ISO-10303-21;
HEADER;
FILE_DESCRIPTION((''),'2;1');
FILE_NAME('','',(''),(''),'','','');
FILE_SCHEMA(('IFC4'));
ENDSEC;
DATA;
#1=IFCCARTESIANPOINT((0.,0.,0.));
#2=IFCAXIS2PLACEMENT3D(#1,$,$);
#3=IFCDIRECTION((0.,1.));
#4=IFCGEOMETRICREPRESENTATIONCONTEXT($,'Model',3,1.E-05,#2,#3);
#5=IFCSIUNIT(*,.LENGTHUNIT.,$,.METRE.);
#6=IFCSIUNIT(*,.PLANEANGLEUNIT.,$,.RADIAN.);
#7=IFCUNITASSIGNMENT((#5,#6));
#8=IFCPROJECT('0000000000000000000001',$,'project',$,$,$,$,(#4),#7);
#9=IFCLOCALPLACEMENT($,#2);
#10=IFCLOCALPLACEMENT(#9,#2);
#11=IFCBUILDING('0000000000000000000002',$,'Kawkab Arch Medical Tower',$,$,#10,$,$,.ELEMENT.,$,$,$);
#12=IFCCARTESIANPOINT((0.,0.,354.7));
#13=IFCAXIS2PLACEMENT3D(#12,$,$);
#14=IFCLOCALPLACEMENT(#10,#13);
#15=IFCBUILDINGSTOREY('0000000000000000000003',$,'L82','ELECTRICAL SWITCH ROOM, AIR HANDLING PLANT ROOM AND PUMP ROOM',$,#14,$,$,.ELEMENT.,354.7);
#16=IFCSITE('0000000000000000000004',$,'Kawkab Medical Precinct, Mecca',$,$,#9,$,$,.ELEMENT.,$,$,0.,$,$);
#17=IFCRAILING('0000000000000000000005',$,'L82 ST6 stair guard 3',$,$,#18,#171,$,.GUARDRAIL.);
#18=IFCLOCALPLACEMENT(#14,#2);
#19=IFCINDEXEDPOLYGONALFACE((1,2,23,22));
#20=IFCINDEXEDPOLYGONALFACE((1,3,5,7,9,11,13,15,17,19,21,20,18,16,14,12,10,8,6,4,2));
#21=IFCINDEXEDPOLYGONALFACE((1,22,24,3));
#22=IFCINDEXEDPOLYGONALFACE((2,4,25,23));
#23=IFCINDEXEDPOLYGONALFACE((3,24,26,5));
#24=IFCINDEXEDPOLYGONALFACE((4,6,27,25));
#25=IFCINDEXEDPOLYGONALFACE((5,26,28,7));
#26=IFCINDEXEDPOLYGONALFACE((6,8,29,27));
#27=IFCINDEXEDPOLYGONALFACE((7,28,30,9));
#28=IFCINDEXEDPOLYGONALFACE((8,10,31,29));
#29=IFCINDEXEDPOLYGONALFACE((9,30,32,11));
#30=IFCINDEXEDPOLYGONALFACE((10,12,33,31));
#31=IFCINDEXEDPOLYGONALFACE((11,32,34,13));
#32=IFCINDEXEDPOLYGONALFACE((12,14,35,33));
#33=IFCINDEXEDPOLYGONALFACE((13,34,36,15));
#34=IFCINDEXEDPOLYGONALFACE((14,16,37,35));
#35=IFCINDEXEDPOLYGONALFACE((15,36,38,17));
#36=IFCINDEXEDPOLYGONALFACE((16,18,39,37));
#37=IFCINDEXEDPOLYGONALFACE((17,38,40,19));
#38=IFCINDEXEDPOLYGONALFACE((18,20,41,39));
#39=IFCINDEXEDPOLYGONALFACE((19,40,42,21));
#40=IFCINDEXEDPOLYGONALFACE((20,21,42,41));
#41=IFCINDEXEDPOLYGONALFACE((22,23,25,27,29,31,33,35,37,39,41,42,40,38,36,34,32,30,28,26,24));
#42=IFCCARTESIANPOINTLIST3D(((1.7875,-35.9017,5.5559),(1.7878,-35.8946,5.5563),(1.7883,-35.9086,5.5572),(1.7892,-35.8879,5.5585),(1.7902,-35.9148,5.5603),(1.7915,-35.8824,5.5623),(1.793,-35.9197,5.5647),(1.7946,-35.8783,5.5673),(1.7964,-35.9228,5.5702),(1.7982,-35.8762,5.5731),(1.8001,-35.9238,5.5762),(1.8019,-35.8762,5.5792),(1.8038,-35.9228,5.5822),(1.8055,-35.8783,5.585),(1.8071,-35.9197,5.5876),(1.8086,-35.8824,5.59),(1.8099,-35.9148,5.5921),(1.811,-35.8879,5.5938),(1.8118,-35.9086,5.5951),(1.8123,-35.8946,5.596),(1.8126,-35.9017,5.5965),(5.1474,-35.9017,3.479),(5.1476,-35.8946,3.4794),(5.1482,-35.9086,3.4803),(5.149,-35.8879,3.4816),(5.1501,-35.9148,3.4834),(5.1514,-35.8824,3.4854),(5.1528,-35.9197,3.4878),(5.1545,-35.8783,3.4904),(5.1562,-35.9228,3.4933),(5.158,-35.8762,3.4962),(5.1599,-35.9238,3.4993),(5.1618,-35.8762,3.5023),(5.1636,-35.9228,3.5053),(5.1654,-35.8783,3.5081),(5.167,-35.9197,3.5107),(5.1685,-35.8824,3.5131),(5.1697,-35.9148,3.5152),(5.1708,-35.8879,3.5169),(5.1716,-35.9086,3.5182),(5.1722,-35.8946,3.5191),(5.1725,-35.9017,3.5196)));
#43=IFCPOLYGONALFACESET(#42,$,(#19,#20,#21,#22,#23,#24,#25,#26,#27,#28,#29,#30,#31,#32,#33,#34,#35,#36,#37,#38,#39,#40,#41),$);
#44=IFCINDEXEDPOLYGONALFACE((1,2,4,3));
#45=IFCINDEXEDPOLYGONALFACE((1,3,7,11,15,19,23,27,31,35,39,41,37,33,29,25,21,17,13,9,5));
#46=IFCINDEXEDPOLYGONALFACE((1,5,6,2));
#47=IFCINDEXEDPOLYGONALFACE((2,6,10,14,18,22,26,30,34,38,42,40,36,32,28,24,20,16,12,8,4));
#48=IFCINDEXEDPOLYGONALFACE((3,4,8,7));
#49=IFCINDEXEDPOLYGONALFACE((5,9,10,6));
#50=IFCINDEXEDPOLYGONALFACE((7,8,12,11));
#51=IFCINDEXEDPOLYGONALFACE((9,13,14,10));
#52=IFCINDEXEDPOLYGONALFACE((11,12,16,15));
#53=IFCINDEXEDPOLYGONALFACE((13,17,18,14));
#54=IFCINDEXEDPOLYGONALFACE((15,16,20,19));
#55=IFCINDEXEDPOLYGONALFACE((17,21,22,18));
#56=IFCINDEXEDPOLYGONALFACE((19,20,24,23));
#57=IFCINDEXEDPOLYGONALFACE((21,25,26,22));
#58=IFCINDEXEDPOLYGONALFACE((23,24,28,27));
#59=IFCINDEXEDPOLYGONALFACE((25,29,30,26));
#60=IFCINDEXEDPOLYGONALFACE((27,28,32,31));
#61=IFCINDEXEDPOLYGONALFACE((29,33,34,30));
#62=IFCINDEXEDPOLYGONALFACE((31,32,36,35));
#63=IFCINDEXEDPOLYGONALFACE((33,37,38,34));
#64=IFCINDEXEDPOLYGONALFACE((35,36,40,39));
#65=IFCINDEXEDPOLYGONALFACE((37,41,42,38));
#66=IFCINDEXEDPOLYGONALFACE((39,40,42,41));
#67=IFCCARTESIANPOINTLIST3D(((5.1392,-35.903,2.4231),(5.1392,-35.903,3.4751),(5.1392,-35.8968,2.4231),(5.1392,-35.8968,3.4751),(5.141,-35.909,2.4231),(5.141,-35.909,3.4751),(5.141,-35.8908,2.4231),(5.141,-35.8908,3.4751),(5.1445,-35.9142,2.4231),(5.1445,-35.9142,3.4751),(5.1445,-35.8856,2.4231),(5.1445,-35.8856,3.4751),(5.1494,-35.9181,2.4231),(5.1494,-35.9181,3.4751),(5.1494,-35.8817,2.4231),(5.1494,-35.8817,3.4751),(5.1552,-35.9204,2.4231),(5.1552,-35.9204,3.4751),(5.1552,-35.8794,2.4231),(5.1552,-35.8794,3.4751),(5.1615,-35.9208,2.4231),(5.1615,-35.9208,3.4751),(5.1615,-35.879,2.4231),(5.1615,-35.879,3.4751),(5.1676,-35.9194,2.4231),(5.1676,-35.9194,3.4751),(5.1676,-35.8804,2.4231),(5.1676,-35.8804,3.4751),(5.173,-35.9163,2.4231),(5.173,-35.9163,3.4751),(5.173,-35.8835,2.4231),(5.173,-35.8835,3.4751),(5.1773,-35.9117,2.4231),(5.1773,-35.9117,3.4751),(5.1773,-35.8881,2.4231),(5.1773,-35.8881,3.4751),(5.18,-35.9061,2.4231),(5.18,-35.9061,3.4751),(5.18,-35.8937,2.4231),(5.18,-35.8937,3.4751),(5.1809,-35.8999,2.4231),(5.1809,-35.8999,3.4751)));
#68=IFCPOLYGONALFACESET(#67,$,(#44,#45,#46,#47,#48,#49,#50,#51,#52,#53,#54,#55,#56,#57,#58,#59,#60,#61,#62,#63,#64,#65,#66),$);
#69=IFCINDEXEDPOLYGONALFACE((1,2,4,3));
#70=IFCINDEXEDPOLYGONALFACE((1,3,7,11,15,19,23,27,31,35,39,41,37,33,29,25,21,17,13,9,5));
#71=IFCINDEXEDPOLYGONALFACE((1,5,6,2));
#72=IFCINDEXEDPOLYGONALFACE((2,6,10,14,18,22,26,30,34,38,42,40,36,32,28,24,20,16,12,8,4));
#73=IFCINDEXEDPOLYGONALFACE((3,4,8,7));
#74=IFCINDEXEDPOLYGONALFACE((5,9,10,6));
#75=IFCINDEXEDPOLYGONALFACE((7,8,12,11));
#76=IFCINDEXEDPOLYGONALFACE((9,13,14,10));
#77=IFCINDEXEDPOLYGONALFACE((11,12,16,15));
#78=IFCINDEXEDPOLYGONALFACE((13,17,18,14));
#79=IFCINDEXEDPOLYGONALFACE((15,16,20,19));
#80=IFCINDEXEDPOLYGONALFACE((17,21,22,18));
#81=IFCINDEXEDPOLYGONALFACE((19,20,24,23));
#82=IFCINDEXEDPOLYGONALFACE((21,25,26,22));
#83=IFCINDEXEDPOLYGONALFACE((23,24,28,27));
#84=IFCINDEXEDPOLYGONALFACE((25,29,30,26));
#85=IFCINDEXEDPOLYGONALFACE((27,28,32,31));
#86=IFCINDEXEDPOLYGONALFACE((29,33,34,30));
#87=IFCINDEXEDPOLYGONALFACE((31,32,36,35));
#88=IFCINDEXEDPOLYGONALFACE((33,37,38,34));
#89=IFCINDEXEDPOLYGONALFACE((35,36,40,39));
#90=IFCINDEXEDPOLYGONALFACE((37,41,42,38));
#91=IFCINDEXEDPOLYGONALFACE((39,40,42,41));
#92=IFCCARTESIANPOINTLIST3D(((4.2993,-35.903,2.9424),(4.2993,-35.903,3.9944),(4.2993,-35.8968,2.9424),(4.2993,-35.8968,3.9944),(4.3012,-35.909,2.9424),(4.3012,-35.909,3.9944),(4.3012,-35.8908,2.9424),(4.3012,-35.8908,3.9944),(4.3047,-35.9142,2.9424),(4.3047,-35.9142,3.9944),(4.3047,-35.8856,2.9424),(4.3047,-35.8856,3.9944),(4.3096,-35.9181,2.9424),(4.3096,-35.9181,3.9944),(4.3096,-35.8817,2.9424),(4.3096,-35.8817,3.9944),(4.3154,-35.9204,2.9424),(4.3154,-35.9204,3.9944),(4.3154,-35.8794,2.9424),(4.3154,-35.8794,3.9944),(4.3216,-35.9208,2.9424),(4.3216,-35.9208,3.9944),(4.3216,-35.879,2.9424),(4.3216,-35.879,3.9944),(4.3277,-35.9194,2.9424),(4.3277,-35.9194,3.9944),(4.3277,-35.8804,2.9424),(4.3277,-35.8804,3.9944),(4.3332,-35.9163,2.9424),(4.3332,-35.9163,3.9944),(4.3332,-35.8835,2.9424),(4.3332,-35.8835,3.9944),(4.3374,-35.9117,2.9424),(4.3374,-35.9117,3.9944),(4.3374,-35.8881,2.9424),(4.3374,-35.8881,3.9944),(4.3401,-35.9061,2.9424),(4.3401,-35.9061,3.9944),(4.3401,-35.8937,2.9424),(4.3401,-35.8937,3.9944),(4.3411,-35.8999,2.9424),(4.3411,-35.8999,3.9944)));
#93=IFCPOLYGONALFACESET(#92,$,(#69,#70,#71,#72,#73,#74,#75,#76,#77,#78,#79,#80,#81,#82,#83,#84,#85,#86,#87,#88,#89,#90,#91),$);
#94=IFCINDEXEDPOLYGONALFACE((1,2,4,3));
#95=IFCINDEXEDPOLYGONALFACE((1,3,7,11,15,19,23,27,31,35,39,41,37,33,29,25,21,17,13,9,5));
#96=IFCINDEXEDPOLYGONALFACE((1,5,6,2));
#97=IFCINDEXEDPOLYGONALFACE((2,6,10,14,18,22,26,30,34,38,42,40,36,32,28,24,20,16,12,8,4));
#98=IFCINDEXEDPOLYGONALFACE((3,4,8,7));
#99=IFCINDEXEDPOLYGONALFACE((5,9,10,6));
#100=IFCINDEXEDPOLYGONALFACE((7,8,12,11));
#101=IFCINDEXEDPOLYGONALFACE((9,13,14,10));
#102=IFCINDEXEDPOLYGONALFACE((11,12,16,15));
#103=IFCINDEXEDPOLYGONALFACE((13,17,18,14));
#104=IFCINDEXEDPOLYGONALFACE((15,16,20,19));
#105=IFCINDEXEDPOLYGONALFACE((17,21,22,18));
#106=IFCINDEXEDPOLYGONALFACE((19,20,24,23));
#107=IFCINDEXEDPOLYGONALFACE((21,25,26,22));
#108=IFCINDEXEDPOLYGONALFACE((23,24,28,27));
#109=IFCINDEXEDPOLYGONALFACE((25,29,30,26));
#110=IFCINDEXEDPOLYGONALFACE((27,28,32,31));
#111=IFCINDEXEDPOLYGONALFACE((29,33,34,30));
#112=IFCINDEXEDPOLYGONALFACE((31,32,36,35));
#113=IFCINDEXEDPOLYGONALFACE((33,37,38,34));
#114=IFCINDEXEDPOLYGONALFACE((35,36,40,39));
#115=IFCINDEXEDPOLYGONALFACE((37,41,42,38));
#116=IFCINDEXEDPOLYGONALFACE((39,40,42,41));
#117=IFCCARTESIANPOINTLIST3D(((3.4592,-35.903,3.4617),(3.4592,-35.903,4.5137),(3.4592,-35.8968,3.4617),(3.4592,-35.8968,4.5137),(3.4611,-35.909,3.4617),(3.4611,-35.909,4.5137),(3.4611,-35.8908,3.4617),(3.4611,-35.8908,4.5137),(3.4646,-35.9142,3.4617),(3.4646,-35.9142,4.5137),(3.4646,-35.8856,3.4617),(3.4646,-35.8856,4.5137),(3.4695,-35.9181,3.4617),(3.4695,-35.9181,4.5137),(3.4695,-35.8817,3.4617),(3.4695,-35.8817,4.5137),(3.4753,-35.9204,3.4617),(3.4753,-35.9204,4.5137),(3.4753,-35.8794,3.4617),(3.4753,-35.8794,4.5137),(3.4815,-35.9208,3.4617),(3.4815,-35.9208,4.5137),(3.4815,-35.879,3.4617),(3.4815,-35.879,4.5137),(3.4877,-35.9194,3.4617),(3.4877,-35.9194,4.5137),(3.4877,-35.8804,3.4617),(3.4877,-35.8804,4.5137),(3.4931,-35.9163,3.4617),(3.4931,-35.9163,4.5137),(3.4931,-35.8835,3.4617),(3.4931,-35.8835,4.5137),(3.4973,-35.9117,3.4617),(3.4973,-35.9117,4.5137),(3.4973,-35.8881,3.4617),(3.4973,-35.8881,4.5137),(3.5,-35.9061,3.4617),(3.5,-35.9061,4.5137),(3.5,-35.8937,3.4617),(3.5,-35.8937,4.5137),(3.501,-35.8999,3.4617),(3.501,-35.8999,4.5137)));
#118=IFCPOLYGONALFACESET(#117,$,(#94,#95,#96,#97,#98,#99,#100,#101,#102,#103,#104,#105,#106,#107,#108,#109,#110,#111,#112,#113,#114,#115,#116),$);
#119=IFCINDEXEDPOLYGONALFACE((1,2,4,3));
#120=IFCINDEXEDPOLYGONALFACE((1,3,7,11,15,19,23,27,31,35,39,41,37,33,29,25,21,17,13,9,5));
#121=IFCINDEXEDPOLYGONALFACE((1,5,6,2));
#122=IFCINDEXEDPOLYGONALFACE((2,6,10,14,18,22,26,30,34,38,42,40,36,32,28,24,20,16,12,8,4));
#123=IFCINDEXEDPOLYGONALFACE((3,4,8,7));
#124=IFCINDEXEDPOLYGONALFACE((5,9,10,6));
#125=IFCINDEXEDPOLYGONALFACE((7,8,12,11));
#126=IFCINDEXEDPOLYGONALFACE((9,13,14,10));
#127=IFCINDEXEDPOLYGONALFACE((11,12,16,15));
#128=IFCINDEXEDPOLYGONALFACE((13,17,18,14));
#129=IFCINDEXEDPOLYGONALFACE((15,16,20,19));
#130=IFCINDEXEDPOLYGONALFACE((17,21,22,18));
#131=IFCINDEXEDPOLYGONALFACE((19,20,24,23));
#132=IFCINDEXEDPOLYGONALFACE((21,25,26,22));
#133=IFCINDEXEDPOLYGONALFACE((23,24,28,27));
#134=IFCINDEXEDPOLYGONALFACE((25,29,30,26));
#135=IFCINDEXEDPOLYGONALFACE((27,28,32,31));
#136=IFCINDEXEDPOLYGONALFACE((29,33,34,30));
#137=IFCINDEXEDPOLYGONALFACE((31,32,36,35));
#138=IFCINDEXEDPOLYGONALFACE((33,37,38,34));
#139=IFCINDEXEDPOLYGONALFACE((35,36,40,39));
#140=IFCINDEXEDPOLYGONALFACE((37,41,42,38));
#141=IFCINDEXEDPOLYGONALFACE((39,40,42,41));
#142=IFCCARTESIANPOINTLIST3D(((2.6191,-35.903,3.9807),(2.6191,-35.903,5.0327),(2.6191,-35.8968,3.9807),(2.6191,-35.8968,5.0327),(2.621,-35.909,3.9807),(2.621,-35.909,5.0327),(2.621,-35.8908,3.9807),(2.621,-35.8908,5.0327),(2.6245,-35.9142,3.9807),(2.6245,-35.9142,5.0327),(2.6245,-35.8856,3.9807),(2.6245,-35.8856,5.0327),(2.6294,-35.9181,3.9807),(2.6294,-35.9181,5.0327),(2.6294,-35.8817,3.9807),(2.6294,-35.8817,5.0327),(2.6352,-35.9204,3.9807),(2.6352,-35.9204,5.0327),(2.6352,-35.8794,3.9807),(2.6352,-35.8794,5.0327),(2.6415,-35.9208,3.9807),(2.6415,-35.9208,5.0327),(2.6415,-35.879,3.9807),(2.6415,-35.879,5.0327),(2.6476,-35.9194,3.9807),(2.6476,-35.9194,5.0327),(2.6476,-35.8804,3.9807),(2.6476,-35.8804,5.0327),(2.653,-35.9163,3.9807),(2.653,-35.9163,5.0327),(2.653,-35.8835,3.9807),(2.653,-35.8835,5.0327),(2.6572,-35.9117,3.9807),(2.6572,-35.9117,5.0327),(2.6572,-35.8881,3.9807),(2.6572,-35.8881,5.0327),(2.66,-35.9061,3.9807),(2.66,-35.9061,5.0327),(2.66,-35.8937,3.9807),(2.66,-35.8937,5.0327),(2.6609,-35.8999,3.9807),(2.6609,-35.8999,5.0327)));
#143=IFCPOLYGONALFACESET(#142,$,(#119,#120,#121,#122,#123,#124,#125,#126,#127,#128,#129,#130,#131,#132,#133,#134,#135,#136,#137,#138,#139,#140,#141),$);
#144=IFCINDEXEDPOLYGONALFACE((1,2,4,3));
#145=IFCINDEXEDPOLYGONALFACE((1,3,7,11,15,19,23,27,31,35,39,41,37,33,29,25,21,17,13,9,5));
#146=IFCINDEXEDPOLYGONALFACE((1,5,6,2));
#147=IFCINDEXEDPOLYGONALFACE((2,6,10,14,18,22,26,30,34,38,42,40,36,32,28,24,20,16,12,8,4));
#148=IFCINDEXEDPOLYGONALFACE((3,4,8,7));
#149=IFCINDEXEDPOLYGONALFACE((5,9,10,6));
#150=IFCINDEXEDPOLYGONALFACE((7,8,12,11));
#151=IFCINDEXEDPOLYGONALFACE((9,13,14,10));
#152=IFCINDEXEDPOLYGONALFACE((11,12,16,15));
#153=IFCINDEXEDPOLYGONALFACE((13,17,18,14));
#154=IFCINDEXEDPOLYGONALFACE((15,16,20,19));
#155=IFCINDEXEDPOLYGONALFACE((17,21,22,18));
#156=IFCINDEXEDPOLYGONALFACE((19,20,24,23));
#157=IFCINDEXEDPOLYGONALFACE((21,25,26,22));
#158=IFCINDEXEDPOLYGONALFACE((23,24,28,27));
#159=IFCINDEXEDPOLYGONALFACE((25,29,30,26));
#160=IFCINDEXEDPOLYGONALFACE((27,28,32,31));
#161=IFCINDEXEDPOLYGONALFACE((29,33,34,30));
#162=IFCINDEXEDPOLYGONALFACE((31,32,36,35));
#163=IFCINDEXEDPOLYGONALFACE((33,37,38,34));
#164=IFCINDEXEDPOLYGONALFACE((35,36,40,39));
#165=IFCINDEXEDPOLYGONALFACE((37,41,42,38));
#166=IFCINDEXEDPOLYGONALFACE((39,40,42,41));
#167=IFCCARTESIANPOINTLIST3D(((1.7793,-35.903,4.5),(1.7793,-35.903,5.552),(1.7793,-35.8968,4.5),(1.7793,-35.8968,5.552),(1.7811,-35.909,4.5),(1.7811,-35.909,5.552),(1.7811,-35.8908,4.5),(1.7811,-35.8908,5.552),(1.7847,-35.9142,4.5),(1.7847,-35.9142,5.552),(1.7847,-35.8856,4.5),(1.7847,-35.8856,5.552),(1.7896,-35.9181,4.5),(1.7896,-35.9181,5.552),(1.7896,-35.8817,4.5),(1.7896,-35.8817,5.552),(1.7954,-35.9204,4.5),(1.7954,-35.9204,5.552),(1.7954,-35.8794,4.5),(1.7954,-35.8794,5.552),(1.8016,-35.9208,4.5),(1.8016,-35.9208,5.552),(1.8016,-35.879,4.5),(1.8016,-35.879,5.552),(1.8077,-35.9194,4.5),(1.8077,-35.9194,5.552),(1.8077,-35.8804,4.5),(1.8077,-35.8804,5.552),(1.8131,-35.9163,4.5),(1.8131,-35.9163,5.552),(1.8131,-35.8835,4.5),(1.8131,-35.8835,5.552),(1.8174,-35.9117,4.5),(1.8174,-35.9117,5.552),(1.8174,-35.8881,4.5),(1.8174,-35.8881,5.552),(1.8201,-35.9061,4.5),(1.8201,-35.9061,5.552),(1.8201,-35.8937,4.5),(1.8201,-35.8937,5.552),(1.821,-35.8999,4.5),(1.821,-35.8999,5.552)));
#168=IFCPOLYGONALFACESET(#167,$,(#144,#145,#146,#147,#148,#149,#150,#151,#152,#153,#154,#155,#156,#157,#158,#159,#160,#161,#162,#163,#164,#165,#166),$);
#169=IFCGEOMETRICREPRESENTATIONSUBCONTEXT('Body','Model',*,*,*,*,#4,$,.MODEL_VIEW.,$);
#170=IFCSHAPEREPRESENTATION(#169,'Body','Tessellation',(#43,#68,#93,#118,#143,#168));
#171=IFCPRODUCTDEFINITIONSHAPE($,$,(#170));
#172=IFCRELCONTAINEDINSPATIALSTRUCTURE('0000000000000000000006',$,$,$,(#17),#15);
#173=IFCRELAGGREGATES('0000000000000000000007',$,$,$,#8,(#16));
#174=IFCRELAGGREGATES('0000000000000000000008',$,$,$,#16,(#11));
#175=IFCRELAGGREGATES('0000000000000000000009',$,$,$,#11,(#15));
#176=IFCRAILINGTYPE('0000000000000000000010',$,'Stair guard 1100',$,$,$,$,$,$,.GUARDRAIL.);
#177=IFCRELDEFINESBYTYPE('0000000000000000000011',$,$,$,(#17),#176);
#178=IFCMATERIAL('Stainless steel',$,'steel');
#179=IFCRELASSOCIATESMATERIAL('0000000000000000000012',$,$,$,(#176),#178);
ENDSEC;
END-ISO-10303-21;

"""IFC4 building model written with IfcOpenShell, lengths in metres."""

from ifc_helpers import new_model, si_unit, direction, frame, origin, origin_2d, place, context, subcontext, project, spatial, circle, extrude, material, type_object, element, save


model = new_model("IFC4")

# Units and contexts
model_context = context("Model", 3, precision=1e-05, world=origin(), true_north=direction((0.0, 1.0)))
body_context = subcontext(model_context, "Body", "Model", "MODEL_VIEW")
ifc_project = project(units=[si_unit("LENGTHUNIT", "METRE"), si_unit("PLANEANGLEUNIT", "RADIAN")], contexts=[model_context])

# Site, building, storey
site_placement = place(None, origin())
site = spatial("IfcSite", under=ifc_project, at=site_placement, Name="Kawkab Medical Precinct, Mecca", CompositionType="ELEMENT", RefElevation=0.0)
building_placement = place(site_placement, origin())
building = spatial("IfcBuilding", under=site, at=building_placement, Name="Kawkab Arch Medical Tower", CompositionType="ELEMENT")
storey_placement = place(building_placement, frame((0.0, 0.0, 354.7)))
storey = spatial("IfcBuildingStorey", under=building, at=storey_placement, Name="L82", Description="ELECTRICAL SWITCH ROOM, AIR HANDLING PLANT ROOM AND PUMP ROOM", CompositionType="ELEMENT", Elevation=354.7)

# Railing
ifc_material_1 = material(Name="Stainless steel", Category="steel")
railing_type = type_object("IfcRailingType", Name="Stair guard 1100", PredefinedType="GUARDRAIL", material=ifc_material_1)
railing_1_placement = place(storey_placement, frame((5.1599, -35.8999, 2.4231)))
element("IfcRailing", 1, at=railing_1_placement, inside=storey, type_object=railing_type, Name="L82 ST6 stair guard 3", PredefinedType="GUARDRAIL", context=body_context, shape_type="SweptSolid", body=[
    extrude(circle(Radius=0.0239, at=origin_2d()), frame((0.0, 0.0, 1.0762), z_axis=(-0.850606, 0.0, 0.525803), x_axis=(0.0, -1.0, 0.0)), (0.0, 0.0, 1.0), 3.95),
    extrude(circle(Radius=0.021, at=origin_2d()), origin(), (0.0, 0.0, 1.0), 1.052),
    extrude(circle(Radius=0.021, at=origin_2d()), frame((-0.8398, 0.0, 0.5193)), (0.0, 0.0, 1.0), 1.052),
    extrude(circle(Radius=0.021, at=origin_2d()), frame((-1.6799, 0.0, 1.0386)), (0.0, 0.0, 1.0), 1.052),
    extrude(circle(Radius=0.021, at=origin_2d()), frame((-2.52, 0.0, 1.5576)), (0.0, 0.0, 1.0), 1.052),
    extrude(circle(Radius=0.021, at=origin_2d()), frame((-3.3599, 0.0, 2.0769)), (0.0, 0.0, 1.0), 1.052),
])

save(model, "model.ifc")
